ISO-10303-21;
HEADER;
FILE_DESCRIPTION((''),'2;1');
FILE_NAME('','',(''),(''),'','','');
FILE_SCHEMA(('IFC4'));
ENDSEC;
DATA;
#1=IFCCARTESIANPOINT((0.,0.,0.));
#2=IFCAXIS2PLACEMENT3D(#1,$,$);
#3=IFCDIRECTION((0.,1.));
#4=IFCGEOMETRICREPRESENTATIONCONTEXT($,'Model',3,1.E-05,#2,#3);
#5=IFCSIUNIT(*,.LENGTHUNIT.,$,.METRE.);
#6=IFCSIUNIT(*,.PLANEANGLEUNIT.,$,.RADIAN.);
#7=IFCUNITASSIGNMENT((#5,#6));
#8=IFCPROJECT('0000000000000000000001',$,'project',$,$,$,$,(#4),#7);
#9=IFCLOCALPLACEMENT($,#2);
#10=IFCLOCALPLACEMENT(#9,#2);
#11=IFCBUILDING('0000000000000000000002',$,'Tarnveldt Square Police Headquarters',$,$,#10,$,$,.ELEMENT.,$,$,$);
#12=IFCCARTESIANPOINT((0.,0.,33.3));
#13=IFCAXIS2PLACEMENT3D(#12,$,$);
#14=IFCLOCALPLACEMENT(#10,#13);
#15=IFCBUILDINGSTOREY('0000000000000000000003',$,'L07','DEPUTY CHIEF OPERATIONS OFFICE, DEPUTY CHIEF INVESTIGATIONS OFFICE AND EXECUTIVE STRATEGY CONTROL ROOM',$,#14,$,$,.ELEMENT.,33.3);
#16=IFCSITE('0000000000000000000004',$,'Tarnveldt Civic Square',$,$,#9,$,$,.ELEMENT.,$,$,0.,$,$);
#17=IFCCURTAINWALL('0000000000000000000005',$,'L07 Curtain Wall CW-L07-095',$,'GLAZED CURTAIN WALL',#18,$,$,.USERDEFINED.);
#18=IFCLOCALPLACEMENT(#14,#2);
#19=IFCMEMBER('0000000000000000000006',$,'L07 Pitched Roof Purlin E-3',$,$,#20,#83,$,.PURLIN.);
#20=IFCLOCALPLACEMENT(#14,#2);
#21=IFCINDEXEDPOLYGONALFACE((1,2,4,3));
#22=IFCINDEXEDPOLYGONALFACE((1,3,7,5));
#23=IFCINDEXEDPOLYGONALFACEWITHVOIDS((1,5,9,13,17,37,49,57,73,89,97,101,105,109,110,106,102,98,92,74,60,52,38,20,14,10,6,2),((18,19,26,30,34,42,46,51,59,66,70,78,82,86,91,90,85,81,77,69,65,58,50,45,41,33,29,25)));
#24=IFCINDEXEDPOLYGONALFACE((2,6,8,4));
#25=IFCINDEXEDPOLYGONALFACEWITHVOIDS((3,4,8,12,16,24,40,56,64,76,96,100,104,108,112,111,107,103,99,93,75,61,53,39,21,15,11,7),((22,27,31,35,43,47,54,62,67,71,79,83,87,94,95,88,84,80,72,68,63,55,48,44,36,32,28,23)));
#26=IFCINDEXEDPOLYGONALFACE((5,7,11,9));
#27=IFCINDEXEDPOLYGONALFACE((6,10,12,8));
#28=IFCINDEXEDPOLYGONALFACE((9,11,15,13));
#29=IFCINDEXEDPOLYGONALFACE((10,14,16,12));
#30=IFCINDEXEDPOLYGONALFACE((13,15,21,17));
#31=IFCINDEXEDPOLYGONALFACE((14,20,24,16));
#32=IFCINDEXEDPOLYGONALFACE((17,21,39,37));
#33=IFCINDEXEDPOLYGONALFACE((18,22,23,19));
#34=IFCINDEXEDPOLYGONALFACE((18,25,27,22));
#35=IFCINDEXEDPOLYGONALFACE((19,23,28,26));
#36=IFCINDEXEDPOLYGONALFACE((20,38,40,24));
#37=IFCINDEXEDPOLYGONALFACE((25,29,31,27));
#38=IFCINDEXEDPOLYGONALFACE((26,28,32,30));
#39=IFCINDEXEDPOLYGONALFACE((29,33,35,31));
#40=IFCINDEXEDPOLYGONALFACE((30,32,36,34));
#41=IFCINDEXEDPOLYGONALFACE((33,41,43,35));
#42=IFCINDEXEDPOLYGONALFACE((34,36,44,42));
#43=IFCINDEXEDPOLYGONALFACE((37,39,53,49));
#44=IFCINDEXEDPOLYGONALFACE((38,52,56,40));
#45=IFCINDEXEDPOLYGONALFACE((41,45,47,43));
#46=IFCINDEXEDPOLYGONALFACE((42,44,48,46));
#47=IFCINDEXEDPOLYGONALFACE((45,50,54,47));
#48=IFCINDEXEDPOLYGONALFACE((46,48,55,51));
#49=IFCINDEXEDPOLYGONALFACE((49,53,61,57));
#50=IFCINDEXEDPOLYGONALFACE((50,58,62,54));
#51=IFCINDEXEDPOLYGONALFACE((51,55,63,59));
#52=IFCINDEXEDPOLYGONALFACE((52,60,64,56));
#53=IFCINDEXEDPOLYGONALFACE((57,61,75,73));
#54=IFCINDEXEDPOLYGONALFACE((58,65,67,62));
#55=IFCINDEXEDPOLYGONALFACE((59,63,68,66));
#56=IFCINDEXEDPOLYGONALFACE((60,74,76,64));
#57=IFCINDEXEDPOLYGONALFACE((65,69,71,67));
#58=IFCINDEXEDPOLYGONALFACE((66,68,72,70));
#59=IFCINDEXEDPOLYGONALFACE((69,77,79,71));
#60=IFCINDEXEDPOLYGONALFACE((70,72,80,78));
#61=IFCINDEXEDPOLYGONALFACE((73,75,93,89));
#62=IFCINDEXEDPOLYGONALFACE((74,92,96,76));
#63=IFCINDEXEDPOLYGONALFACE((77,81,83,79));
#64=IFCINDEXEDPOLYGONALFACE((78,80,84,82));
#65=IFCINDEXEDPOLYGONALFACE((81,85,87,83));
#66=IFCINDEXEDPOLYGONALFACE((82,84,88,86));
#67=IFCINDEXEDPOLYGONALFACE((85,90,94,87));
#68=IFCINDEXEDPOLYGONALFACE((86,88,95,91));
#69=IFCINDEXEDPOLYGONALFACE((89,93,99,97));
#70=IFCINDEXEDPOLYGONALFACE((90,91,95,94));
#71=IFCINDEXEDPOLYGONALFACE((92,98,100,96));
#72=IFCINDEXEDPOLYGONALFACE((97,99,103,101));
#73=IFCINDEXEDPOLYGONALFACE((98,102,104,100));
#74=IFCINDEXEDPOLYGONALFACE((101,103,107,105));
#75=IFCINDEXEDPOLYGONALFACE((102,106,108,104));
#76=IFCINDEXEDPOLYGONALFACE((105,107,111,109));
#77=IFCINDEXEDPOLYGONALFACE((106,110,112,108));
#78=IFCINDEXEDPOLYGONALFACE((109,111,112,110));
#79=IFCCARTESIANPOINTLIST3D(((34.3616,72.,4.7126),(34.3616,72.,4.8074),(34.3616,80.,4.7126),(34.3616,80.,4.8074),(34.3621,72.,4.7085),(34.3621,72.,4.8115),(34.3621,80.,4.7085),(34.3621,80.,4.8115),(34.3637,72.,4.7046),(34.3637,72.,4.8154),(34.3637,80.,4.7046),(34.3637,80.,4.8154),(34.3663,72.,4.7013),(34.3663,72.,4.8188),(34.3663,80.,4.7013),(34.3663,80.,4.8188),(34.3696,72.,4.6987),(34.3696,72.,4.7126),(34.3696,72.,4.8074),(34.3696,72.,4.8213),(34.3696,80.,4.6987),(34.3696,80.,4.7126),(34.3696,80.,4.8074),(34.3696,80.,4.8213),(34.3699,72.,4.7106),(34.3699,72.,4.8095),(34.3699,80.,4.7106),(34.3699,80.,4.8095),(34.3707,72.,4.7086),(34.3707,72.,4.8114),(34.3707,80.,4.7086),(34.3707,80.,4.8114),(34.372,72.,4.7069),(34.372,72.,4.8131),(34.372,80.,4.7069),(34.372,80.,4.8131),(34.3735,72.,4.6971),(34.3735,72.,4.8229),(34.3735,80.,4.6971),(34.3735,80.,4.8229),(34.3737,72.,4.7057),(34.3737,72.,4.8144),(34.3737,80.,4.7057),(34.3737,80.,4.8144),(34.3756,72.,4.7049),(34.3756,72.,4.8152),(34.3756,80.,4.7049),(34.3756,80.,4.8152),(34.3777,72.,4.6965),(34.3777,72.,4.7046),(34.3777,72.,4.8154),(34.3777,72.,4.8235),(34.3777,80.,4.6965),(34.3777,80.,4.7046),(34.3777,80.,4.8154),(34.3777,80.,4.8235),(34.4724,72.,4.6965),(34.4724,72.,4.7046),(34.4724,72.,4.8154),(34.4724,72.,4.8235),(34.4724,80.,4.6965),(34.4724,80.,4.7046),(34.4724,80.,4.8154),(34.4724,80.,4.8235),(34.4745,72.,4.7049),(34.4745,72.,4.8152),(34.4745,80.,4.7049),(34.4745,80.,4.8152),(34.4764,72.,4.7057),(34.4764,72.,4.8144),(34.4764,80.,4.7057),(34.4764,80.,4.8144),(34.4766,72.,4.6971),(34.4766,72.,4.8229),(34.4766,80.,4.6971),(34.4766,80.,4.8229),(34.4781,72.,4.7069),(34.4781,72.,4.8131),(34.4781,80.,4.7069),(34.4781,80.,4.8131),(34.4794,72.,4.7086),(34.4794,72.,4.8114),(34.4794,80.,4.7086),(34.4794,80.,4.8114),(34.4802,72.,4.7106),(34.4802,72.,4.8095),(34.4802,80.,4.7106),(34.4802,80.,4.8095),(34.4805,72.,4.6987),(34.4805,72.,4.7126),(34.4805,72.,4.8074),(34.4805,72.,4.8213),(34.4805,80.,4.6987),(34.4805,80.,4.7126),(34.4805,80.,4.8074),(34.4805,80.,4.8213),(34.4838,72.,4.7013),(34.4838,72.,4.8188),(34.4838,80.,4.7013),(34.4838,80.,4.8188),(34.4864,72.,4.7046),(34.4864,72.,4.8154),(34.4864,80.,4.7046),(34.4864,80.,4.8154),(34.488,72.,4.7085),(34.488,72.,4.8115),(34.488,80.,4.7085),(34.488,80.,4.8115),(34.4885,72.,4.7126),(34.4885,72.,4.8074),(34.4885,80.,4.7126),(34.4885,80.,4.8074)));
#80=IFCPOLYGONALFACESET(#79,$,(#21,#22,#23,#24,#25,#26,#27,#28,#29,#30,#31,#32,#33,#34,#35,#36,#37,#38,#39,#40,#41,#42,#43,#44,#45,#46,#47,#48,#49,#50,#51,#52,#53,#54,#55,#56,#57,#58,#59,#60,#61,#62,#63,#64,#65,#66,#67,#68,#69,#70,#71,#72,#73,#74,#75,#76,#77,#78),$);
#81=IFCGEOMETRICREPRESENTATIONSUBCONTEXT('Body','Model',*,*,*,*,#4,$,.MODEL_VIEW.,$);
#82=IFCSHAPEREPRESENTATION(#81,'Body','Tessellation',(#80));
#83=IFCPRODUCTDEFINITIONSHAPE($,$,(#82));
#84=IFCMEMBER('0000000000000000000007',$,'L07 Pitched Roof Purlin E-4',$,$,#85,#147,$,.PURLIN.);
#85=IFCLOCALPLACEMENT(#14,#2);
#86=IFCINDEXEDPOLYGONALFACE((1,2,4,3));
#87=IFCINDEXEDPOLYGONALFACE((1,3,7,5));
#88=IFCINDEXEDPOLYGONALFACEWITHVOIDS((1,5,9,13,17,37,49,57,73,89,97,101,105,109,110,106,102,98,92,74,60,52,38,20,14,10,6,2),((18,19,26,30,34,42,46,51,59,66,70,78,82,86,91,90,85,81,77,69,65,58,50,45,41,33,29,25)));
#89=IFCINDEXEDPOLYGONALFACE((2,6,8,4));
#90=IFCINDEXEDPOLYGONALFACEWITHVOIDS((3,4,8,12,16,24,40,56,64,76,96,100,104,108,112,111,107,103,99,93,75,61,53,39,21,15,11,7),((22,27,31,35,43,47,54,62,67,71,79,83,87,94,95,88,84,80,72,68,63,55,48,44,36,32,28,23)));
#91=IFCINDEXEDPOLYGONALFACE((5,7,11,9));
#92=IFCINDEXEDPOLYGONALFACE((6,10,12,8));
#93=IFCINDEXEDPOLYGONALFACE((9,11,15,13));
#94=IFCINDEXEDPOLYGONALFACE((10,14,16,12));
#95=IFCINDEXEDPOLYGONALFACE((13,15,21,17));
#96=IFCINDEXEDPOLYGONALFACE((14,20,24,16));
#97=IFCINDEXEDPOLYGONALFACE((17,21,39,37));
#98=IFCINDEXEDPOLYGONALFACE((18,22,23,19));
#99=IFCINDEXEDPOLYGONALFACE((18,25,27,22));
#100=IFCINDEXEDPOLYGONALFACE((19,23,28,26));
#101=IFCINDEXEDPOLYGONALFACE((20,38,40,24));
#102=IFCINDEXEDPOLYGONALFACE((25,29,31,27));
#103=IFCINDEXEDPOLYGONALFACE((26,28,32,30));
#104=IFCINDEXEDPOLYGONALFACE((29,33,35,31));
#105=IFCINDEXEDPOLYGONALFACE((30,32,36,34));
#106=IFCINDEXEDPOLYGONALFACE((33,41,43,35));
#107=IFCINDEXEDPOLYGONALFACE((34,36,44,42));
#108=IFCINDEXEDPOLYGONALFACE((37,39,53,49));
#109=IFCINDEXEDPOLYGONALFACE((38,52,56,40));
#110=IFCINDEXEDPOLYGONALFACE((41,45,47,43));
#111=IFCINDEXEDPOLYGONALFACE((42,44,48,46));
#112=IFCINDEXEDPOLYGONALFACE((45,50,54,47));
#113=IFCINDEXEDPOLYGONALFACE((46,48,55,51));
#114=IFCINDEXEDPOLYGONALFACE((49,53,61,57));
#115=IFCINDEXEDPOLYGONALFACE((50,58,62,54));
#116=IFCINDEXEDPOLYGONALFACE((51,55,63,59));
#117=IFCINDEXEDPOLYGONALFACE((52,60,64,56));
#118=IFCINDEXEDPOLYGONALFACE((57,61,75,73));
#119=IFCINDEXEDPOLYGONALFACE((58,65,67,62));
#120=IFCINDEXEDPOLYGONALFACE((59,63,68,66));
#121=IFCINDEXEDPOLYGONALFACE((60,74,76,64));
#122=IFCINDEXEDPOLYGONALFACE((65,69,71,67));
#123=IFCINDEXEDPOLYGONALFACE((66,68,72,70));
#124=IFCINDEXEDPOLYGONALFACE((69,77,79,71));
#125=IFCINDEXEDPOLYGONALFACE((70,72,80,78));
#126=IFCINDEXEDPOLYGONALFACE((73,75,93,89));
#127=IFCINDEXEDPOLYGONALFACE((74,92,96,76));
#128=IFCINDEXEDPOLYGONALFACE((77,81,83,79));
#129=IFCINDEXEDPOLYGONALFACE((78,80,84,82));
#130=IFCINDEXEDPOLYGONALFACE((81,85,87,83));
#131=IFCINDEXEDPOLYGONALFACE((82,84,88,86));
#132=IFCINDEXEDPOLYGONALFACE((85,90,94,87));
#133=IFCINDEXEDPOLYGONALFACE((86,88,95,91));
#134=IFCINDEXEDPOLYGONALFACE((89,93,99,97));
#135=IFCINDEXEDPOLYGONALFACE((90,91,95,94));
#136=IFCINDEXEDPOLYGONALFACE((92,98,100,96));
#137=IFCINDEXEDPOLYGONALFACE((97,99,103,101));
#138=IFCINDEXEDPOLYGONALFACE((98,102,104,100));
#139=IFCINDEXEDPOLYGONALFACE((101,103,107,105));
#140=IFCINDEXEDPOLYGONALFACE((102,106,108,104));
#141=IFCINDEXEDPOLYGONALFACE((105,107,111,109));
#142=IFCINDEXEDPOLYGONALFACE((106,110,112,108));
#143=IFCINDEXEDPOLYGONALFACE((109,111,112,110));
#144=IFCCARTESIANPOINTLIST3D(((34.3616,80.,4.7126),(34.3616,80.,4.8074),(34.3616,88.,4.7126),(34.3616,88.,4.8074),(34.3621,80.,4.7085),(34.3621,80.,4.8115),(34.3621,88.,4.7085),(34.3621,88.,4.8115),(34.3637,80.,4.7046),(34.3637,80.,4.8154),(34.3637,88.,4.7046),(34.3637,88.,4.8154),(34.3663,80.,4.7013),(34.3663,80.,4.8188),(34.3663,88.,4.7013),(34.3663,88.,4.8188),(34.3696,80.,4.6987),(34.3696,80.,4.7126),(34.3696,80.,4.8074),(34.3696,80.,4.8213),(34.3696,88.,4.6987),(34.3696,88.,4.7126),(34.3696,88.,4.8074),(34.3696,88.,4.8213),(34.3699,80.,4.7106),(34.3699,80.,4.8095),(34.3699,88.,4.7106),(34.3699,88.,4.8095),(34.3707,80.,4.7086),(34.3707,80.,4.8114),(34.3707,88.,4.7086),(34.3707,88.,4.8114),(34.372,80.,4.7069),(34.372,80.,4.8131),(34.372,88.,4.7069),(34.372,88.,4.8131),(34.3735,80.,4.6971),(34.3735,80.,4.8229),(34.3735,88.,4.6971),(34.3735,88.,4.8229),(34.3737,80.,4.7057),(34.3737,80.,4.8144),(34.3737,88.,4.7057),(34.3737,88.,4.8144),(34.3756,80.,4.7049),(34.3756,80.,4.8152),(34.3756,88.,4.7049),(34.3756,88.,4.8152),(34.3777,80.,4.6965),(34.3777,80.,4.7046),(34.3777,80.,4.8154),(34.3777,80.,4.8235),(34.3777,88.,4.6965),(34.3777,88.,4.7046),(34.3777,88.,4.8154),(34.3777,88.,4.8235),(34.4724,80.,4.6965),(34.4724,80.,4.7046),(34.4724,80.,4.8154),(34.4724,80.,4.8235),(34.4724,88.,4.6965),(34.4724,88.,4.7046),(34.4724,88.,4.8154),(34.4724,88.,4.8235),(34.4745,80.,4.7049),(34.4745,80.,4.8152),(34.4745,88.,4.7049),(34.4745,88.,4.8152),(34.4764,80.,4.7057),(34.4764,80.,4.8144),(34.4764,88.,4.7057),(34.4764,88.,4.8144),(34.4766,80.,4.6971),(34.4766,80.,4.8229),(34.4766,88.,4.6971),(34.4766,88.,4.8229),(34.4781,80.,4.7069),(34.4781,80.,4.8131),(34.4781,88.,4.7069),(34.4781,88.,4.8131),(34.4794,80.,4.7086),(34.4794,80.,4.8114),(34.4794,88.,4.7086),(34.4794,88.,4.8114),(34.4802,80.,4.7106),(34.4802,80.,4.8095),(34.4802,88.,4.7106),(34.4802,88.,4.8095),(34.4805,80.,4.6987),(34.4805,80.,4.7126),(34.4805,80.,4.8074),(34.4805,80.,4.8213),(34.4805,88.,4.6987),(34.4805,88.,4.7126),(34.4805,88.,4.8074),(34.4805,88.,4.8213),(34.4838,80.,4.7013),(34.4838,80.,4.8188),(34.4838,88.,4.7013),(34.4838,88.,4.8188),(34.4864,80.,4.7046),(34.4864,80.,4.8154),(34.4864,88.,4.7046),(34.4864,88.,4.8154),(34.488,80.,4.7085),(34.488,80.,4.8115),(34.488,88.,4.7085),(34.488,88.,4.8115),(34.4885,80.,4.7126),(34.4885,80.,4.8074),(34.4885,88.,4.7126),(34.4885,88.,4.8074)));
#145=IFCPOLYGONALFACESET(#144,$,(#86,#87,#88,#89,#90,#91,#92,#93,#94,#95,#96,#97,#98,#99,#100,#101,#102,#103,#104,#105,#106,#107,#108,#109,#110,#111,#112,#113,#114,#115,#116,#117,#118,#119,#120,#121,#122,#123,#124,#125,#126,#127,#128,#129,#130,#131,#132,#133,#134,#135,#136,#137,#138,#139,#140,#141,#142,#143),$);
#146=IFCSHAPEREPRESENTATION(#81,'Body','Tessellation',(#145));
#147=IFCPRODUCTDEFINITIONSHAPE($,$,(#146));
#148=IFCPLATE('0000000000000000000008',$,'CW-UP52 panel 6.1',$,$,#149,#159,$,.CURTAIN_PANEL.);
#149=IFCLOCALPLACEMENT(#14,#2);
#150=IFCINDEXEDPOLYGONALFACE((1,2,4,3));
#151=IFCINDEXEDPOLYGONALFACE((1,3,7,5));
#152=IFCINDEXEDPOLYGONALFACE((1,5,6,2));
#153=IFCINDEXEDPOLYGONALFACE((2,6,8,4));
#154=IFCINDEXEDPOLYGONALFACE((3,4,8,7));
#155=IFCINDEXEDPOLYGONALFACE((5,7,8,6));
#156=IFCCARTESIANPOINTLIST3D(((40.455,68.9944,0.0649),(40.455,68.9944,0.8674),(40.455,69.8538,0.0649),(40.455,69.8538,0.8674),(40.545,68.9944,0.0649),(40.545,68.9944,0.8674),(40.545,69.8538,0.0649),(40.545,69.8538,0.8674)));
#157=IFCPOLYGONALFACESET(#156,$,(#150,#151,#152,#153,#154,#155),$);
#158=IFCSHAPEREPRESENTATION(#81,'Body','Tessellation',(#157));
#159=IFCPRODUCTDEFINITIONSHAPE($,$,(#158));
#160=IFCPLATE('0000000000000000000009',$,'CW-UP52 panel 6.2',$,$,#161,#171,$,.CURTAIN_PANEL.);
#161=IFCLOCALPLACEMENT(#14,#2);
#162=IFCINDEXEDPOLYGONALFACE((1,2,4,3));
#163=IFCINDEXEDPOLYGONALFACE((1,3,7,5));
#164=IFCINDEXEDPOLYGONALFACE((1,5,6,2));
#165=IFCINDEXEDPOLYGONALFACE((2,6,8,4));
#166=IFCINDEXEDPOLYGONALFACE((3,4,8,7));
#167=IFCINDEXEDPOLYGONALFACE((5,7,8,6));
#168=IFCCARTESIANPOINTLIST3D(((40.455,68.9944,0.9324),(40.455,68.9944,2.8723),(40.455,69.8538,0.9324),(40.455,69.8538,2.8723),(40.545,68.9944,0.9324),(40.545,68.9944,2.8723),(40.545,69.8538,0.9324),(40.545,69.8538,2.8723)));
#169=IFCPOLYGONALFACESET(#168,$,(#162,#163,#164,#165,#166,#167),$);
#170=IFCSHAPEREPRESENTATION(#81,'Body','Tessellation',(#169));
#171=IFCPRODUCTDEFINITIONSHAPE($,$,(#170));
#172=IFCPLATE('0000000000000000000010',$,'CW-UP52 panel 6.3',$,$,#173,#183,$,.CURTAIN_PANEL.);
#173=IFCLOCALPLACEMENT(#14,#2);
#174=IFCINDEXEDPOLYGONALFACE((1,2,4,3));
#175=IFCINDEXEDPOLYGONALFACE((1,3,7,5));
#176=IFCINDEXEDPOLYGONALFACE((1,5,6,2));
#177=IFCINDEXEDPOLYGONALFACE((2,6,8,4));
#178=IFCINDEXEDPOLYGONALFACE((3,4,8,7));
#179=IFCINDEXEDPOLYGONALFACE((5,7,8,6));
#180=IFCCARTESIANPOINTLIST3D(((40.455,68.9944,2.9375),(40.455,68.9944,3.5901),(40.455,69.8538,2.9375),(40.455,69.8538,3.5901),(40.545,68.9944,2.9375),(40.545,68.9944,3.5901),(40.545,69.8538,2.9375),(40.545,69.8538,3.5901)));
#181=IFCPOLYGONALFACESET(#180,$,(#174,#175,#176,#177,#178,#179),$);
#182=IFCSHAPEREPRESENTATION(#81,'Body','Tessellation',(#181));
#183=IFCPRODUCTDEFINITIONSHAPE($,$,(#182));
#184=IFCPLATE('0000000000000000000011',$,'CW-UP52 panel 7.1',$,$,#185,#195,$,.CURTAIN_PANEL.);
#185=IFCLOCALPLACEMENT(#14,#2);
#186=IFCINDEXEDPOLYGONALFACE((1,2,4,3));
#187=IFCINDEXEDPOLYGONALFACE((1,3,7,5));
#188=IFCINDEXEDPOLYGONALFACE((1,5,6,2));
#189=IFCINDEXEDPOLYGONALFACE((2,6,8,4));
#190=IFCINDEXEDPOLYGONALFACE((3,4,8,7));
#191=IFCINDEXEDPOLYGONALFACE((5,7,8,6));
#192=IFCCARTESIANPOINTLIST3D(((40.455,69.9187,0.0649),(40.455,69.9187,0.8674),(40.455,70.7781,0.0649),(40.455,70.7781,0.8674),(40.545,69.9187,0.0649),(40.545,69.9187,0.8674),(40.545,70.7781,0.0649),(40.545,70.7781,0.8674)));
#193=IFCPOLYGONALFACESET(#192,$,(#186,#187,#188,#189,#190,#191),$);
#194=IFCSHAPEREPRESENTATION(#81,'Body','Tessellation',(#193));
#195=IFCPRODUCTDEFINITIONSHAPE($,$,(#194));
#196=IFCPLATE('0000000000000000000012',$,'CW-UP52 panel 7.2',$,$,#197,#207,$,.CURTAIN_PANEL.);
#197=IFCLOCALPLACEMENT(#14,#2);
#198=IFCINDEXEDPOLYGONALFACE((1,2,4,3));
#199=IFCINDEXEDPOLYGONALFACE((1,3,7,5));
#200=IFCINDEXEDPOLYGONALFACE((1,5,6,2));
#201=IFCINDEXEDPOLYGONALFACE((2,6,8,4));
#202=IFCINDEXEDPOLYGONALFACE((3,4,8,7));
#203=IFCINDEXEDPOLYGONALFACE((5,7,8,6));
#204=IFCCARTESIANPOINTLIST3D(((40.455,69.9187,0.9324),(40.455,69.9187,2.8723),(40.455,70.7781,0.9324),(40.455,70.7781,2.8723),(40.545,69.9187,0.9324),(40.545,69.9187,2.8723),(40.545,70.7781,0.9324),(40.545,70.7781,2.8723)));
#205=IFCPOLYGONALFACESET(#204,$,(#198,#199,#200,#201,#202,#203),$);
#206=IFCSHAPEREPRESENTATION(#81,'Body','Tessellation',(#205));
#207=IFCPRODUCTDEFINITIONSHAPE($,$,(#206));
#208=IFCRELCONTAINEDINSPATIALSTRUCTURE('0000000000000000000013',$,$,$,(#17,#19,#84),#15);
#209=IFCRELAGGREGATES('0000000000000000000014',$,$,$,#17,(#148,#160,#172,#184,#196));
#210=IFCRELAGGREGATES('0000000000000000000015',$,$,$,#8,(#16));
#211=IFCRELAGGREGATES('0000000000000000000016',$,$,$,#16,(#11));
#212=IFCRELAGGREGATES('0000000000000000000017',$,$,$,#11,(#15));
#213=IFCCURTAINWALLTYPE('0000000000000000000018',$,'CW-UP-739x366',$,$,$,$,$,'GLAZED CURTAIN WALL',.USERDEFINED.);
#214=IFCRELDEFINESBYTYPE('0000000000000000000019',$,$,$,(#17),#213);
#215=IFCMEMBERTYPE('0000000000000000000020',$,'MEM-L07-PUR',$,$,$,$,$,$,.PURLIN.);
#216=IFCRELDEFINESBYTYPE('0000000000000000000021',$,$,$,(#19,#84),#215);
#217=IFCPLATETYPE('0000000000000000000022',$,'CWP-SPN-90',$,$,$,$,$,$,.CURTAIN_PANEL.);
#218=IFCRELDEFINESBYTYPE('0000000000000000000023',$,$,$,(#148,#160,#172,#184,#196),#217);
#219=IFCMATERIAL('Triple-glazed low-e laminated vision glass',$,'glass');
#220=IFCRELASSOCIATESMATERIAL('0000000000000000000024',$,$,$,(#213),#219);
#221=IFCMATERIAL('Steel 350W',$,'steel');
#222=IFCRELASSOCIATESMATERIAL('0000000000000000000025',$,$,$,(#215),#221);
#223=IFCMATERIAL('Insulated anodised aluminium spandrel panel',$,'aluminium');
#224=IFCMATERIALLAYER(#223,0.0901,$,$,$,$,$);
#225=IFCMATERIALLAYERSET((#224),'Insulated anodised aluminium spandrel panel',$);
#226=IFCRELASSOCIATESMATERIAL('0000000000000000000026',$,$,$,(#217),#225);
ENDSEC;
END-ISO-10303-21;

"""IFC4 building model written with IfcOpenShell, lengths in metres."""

from ifc_helpers import new_model, si_unit, direction, frame, origin, origin_2d, place, context, subcontext, project, spatial, rectangle, hollow_rectangle, extrude, material, layer, layer_set, material_profile, profile_set, type_object, element, aggregate, save


model = new_model("IFC4")

# Units and contexts
model_context = context("Model", 3, precision=1e-05, world=origin(), true_north=direction((0.0, 1.0)))
body_context = subcontext(model_context, "Body", "Model", "MODEL_VIEW")
ifc_project = project(units=[si_unit("LENGTHUNIT", "METRE"), si_unit("PLANEANGLEUNIT", "RADIAN")], contexts=[model_context])

# Site, building, storey
site_placement = place(None, origin())
site = spatial("IfcSite", under=ifc_project, at=site_placement, Name="Tarnveldt Civic Square", CompositionType="ELEMENT", RefElevation=0.0)
building_placement = place(site_placement, origin())
building = spatial("IfcBuilding", under=site, at=building_placement, Name="Tarnveldt Square Police Headquarters", CompositionType="ELEMENT")
storey_placement = place(building_placement, frame((0.0, 0.0, 33.3)))
storey = spatial("IfcBuildingStorey", under=building, at=storey_placement, Name="L07", Description="DEPUTY CHIEF OPERATIONS OFFICE, DEPUTY CHIEF INVESTIGATIONS OFFICE AND EXECUTIVE STRATEGY CONTROL ROOM", CompositionType="ELEMENT", Elevation=33.3)

# Curtain wall
ifc_material_1 = material(Name="Triple-glazed low-e laminated vision glass", Category="glass")
curtain_wall_type = type_object("IfcCurtainWallType", Name="CW-UP-739x366", ElementType="GLAZED CURTAIN WALL", PredefinedType="USERDEFINED", material=ifc_material_1)
curtain_wall_placement = place(storey_placement, origin())
curtain_wall = element("IfcCurtainWall", 1, at=curtain_wall_placement, inside=storey, type_object=curtain_wall_type, Name="L07 Curtain Wall CW-L07-095", ObjectType="GLAZED CURTAIN WALL", PredefinedType="USERDEFINED")

# Members
ifc_material_2 = material(Name="Steel 350W", Category="steel")
ifc_material_profile_1 = material_profile(ifc_material_2, hollow_rectangle(XDim=0.127, YDim=0.127, WallThickness=0.0081, InnerFilletRadius=0.0081, OuterFilletRadius=0.0161, at=origin_2d()), Name="HSS127x127x8.0")
ifc_profile_set_1 = profile_set([ifc_material_profile_1], Name="Steel 350W")
member_type_1 = type_object("IfcMemberType", Name="MEM-L07-PUR", PredefinedType="PURLIN", material=ifc_profile_set_1)
for number, where, z_axis, x_axis, name in (
    (2, (34.425, 72.0, 4.76), (0.0, 1.0, 0.0), (-1.0, 0.0, 0.0), "L07 Pitched Roof Purlin E-3"),
    (3, (34.425, 80.0, 4.76), (0.0, 1.0, 0.0), (-1.0, 0.0, 0.0), "L07 Pitched Roof Purlin E-4"),
):
    element("IfcMember", number, at=place(storey_placement, frame(where, z_axis=z_axis, x_axis=x_axis)), inside=storey, type_object=member_type_1, Name=name, PredefinedType="PURLIN", context=body_context, shape_type="SweptSolid", body=[
        extrude(hollow_rectangle(XDim=0.127, YDim=0.127, WallThickness=0.0081, InnerFilletRadius=0.0081, OuterFilletRadius=0.0161, at=origin_2d()), origin(), (0.0, 0.0, 1.0), 8.0),
    ])

# Plates
ifc_material_3 = material(Name="Insulated anodised aluminium spandrel panel", Category="aluminium")
ifc_layer_1 = layer(ifc_material_3, 0.0901)
ifc_layer_set_1 = layer_set([ifc_layer_1], Name="Insulated anodised aluminium spandrel panel")
plate_type = type_object("IfcPlateType", Name="CWP-SPN-90", PredefinedType="CURTAIN_PANEL", material=ifc_layer_set_1)
plate_1_placement = place(storey_placement, frame((40.5, 69.4241, 0.0649), z_axis=(0.0, 0.0, 1.0), x_axis=(0.0, 1.0, 0.0)))
plate_1 = element("IfcPlate", 4, at=plate_1_placement, type_object=plate_type, Name="CW-UP52 panel 6.1", PredefinedType="CURTAIN_PANEL", context=body_context, shape_type="SweptSolid", body=[
    extrude(rectangle(XDim=0.8594, YDim=0.0901, at=origin_2d()), origin(), (0.0, 0.0, 1.0), 0.8025),
])
plate_2_placement = place(storey_placement, frame((40.5, 69.4241, 0.9324), z_axis=(0.0, 0.0, 1.0), x_axis=(0.0, 1.0, 0.0)))
plate_2 = element("IfcPlate", 5, at=plate_2_placement, type_object=plate_type, Name="CW-UP52 panel 6.2", PredefinedType="CURTAIN_PANEL", context=body_context, shape_type="SweptSolid", body=[
    extrude(rectangle(XDim=0.8594, YDim=0.0901, at=origin_2d()), origin(), (0.0, 0.0, 1.0), 1.9399),
])
plate_3_placement = place(storey_placement, frame((40.5, 69.4241, 2.9375), z_axis=(0.0, 0.0, 1.0), x_axis=(0.0, 1.0, 0.0)))
plate_3 = element("IfcPlate", 6, at=plate_3_placement, type_object=plate_type, Name="CW-UP52 panel 6.3", PredefinedType="CURTAIN_PANEL", context=body_context, shape_type="SweptSolid", body=[
    extrude(rectangle(XDim=0.8594, YDim=0.0901, at=origin_2d()), origin(), (0.0, 0.0, 1.0), 0.6526),
])
plate_4_placement = place(storey_placement, frame((40.5, 70.3484, 0.0649), z_axis=(0.0, 0.0, 1.0), x_axis=(0.0, 1.0, 0.0)))
plate_4 = element("IfcPlate", 7, at=plate_4_placement, type_object=plate_type, Name="CW-UP52 panel 7.1", PredefinedType="CURTAIN_PANEL", context=body_context, shape_type="SweptSolid", body=[
    extrude(rectangle(XDim=0.8594, YDim=0.0901, at=origin_2d()), origin(), (0.0, 0.0, 1.0), 0.8025),
])
plate_5_placement = place(storey_placement, frame((40.5, 70.3484, 0.9324), z_axis=(0.0, 0.0, 1.0), x_axis=(0.0, 1.0, 0.0)))
plate_5 = element("IfcPlate", 8, at=plate_5_placement, type_object=plate_type, Name="CW-UP52 panel 7.2", PredefinedType="CURTAIN_PANEL", context=body_context, shape_type="SweptSolid", body=[
    extrude(rectangle(XDim=0.8594, YDim=0.0901, at=origin_2d()), origin(), (0.0, 0.0, 1.0), 1.9399),
])
aggregate(curtain_wall, [plate_1, plate_2, plate_3, plate_4, plate_5])

save(model, "model.ifc")
